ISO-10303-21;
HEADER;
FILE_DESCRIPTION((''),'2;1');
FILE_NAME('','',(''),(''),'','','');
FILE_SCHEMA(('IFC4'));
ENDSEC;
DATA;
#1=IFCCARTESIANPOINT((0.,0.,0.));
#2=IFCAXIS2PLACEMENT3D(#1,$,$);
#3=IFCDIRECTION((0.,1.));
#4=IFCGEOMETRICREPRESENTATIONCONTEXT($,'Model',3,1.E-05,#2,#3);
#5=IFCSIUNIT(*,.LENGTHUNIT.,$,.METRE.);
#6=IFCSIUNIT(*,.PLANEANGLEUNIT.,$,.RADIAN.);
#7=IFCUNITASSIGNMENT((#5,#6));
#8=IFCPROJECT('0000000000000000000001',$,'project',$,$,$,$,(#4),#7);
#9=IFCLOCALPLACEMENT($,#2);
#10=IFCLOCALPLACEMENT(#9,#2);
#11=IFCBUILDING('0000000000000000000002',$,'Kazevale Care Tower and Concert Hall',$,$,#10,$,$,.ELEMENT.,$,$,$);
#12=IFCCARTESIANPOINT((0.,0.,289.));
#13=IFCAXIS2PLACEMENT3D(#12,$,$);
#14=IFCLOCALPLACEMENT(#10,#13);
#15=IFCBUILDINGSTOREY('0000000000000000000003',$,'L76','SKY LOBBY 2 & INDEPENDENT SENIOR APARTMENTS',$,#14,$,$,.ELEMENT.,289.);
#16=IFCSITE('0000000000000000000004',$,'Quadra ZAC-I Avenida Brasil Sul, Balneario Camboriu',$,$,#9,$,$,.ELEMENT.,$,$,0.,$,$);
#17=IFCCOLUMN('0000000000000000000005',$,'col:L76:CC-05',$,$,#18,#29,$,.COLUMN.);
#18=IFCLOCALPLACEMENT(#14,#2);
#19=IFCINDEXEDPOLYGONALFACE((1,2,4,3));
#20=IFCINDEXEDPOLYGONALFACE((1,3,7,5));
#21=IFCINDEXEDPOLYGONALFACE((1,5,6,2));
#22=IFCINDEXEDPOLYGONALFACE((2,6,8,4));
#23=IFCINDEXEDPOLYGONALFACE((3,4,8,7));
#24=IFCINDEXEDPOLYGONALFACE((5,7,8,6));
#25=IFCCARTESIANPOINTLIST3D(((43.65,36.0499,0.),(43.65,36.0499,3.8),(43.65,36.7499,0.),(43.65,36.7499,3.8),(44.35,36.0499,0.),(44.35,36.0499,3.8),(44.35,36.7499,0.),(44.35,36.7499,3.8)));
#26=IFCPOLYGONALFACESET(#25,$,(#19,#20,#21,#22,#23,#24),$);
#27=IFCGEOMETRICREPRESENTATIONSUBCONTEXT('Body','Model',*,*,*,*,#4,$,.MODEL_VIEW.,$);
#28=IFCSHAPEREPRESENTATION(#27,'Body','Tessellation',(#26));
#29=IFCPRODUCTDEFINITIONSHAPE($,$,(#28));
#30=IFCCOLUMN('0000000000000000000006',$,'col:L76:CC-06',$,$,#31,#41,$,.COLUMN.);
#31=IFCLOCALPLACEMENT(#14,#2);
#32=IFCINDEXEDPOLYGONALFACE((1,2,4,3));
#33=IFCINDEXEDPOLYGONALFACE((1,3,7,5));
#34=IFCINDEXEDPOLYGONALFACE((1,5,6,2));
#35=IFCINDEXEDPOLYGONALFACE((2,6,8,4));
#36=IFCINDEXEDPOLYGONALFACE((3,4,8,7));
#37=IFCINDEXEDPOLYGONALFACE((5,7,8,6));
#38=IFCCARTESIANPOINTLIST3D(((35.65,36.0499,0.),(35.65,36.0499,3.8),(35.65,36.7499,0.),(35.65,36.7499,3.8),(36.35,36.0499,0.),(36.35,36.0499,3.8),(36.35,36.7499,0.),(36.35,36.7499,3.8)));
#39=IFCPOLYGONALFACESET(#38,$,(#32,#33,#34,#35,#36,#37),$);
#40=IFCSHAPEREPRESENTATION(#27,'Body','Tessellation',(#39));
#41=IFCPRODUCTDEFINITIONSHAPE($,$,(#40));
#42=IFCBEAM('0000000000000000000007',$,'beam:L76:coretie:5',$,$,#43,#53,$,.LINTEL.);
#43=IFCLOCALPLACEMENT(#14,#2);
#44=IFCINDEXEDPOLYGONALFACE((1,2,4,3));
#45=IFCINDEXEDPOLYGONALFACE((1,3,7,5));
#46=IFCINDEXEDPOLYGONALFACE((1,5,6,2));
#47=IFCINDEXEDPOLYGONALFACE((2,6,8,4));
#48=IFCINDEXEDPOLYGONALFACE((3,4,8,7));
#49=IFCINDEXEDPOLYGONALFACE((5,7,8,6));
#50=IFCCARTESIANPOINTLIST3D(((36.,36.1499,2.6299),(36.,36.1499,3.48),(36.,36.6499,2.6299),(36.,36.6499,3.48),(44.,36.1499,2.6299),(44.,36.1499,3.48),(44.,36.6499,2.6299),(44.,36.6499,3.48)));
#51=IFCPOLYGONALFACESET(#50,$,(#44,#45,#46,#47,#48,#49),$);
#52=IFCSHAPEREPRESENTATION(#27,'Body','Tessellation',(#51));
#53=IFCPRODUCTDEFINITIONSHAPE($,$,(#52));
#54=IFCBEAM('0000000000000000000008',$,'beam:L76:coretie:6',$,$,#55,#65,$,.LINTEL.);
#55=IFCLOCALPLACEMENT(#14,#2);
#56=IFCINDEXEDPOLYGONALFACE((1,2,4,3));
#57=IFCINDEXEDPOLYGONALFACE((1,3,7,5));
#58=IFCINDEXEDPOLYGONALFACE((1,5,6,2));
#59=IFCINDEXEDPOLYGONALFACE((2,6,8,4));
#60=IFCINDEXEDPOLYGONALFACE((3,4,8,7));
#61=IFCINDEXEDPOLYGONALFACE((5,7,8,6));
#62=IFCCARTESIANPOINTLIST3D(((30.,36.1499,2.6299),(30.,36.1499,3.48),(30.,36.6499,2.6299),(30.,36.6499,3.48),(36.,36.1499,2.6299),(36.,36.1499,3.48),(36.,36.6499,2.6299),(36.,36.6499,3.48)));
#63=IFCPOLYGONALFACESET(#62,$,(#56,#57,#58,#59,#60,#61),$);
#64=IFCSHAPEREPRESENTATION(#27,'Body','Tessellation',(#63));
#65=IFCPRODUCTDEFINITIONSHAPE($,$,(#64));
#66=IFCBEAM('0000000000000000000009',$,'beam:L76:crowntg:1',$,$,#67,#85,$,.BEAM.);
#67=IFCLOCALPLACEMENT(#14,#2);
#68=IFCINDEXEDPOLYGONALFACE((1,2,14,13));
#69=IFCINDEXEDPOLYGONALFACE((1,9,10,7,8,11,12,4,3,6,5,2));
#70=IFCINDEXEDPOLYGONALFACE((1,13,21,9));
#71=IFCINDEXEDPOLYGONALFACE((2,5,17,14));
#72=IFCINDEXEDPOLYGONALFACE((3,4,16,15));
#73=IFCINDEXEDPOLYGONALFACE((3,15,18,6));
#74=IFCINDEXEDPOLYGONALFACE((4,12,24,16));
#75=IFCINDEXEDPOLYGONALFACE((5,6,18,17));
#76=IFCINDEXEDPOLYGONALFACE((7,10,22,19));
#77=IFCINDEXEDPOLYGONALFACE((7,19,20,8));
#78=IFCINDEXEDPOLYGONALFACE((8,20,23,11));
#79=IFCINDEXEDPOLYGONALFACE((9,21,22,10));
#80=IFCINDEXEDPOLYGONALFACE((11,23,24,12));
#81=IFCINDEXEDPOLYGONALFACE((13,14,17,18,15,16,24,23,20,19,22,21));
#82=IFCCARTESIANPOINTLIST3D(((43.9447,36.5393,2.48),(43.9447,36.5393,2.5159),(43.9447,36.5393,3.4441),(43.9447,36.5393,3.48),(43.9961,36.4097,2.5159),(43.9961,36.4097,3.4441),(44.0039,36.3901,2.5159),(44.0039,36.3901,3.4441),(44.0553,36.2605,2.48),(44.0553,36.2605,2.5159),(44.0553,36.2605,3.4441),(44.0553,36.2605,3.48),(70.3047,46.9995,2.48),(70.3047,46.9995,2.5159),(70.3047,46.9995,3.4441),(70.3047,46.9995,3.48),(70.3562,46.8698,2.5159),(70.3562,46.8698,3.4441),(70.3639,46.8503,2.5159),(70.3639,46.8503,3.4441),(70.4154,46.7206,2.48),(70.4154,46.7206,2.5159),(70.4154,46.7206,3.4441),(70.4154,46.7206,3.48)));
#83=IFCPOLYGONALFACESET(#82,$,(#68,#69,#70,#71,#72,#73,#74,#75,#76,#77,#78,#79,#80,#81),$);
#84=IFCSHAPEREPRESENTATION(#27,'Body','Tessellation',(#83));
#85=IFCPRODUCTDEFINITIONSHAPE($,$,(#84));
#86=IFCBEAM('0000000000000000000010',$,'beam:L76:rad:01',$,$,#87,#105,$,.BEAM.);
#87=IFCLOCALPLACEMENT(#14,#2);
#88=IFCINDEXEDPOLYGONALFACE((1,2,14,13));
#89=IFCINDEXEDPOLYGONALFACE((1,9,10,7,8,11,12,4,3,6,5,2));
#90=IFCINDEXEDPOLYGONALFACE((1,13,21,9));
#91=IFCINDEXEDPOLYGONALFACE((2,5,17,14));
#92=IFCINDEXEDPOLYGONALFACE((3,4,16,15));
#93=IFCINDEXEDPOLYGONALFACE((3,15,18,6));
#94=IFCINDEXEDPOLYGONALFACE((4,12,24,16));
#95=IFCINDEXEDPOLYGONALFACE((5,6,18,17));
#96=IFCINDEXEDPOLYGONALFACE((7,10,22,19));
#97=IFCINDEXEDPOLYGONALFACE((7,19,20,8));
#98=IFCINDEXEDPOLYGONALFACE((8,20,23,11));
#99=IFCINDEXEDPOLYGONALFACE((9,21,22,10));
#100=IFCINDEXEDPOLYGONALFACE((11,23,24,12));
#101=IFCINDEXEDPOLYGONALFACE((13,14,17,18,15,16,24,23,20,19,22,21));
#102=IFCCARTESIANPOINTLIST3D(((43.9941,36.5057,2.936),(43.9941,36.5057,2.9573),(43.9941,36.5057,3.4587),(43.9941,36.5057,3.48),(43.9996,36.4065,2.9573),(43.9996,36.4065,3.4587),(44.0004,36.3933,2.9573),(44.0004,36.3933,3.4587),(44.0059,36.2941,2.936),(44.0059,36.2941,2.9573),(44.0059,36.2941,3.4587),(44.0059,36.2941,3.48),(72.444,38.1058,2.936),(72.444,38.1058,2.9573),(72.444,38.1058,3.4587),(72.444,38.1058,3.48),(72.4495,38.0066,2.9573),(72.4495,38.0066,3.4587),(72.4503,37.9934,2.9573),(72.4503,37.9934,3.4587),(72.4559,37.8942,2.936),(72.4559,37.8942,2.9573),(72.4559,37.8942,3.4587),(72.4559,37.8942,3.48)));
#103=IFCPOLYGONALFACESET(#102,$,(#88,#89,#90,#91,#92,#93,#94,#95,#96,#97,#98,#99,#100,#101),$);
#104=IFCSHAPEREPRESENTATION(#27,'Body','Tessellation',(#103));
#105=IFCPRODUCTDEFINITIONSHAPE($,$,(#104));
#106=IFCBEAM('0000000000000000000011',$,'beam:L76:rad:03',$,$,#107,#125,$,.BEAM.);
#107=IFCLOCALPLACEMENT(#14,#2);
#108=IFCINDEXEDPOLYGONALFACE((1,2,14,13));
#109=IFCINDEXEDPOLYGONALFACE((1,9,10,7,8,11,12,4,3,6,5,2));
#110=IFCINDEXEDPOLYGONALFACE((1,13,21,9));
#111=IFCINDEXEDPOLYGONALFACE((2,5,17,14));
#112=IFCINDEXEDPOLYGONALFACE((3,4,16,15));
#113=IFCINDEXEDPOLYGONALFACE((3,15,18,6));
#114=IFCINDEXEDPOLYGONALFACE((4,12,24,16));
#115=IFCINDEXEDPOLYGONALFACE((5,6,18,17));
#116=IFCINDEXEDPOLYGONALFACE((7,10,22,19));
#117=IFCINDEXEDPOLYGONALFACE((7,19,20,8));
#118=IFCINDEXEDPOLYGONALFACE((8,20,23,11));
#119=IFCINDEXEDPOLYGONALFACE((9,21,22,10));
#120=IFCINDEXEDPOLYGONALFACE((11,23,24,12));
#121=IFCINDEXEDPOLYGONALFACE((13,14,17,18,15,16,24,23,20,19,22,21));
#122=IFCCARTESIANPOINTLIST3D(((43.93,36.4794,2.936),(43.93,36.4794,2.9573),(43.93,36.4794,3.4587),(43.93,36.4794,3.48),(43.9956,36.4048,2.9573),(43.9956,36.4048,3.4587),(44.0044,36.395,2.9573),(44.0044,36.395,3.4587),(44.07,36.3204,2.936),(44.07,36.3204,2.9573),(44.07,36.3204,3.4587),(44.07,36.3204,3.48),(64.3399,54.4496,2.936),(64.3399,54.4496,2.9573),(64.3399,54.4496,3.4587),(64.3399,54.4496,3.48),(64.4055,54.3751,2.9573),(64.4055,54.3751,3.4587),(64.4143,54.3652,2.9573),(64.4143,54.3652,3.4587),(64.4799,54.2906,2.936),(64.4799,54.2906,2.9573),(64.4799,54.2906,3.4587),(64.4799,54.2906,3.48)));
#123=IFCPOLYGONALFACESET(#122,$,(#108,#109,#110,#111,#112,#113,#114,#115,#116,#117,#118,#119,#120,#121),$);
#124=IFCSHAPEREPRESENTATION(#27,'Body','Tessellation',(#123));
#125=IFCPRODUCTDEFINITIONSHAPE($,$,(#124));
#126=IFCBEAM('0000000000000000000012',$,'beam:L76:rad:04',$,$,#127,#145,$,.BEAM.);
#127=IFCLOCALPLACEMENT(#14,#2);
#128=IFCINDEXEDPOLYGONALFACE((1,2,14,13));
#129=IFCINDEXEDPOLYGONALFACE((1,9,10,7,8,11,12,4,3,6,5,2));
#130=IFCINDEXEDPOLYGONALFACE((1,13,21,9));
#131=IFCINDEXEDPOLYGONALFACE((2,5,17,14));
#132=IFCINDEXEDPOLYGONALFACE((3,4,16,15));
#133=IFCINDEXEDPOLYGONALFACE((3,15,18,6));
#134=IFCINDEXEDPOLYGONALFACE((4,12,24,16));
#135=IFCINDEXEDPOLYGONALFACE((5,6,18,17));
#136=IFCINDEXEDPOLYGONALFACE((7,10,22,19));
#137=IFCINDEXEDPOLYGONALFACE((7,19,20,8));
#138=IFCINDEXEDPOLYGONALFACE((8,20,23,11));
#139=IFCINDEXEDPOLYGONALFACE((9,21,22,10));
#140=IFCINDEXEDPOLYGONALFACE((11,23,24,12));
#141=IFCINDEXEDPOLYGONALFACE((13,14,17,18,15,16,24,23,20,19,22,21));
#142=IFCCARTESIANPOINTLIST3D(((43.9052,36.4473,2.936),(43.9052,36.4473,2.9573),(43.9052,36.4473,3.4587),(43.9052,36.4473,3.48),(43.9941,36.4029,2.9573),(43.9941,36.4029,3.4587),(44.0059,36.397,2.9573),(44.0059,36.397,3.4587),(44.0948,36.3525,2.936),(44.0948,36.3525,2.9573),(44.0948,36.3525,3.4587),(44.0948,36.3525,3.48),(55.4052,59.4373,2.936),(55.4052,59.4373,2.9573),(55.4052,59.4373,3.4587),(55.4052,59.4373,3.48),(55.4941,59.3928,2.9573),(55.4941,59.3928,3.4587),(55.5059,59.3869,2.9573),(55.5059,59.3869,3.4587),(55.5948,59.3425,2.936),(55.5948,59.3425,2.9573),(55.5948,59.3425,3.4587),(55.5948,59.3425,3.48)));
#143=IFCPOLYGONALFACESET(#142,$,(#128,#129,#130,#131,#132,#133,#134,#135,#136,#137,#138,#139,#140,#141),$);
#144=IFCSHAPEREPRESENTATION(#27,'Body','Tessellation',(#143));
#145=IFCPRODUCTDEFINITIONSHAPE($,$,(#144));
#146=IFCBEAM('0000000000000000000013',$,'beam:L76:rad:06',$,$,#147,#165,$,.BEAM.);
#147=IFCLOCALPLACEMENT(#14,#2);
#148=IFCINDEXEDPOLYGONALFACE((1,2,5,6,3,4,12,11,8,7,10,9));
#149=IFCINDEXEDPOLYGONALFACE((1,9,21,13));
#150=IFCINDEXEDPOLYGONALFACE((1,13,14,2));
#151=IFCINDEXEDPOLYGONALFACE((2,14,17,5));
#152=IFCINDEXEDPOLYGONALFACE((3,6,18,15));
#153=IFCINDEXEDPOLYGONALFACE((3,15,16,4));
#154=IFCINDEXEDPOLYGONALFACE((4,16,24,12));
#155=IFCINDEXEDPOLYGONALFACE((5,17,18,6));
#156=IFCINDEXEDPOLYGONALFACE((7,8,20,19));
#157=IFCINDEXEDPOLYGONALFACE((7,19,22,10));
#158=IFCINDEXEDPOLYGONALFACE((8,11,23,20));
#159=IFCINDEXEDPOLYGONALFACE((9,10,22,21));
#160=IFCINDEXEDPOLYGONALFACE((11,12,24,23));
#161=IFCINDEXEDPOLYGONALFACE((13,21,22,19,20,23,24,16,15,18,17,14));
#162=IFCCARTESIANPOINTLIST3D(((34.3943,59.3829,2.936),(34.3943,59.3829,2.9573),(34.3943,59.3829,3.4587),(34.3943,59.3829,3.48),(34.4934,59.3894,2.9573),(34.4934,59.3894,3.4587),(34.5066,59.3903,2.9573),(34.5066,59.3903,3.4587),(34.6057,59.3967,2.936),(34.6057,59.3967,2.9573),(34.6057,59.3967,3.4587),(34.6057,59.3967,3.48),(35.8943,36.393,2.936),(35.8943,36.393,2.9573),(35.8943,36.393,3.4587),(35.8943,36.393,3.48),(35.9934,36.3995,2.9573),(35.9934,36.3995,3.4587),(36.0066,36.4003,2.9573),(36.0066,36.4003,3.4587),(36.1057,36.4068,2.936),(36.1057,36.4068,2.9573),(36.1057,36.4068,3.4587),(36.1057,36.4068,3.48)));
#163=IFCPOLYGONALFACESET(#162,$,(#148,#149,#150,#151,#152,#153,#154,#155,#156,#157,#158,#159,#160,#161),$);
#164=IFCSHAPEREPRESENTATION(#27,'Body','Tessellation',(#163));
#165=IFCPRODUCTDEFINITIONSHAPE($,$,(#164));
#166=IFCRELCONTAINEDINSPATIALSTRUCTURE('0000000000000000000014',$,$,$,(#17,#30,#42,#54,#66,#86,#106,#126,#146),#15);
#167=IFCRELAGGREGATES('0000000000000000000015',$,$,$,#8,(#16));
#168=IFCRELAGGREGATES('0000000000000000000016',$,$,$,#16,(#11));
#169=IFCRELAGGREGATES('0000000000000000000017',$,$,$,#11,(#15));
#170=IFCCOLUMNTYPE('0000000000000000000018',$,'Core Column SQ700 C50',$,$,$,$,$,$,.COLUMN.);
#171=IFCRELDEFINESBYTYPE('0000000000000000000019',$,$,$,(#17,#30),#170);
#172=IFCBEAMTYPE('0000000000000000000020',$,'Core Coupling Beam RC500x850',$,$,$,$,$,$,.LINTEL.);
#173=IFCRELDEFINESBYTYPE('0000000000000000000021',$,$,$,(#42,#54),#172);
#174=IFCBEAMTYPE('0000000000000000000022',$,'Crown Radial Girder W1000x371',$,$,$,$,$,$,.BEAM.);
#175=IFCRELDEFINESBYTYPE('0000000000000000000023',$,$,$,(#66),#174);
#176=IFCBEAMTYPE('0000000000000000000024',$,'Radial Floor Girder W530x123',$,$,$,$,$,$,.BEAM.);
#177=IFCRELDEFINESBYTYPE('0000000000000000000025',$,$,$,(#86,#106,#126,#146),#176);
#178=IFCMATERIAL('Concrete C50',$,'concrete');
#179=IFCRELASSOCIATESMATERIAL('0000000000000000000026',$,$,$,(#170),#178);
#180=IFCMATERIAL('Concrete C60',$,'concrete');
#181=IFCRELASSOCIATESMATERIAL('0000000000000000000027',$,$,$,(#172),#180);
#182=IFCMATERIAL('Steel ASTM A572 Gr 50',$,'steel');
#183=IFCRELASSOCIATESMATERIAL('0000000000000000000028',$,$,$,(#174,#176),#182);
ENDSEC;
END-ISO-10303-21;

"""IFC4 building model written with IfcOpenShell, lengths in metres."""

from ifc_helpers import new_model, si_unit, direction, frame, origin, origin_2d, place, context, subcontext, project, spatial, rectangle, i_section, extrude, material, material_profile, profile_set, type_object, element, save


model = new_model("IFC4")

# Units and contexts
model_context = context("Model", 3, precision=1e-05, world=origin(), true_north=direction((0.0, 1.0)))
body_context = subcontext(model_context, "Body", "Model", "MODEL_VIEW")
ifc_project = project(units=[si_unit("LENGTHUNIT", "METRE"), si_unit("PLANEANGLEUNIT", "RADIAN")], contexts=[model_context])

# Site, building, storey
site_placement = place(None, origin())
site = spatial("IfcSite", under=ifc_project, at=site_placement, Name="Quadra ZAC-I Avenida Brasil Sul, Balneario Camboriu", CompositionType="ELEMENT", RefElevation=0.0)
building_placement = place(site_placement, origin())
building = spatial("IfcBuilding", under=site, at=building_placement, Name="Kazevale Care Tower and Concert Hall", CompositionType="ELEMENT")
storey_placement = place(building_placement, frame((0.0, 0.0, 289.0)))
storey = spatial("IfcBuildingStorey", under=building, at=storey_placement, Name="L76", Description="SKY LOBBY 2 & INDEPENDENT SENIOR APARTMENTS", CompositionType="ELEMENT", Elevation=289.0)

# Columns
ifc_material_1 = material(Name="Concrete C50", Category="concrete")
ifc_material_profile_1 = material_profile(ifc_material_1, rectangle(XDim=0.7, YDim=0.7, at=origin_2d()), Name="RC-SQ700")
ifc_profile_set_1 = profile_set([ifc_material_profile_1], Name="Concrete C50")
column_type = type_object("IfcColumnType", Name="Core Column SQ700 C50", PredefinedType="COLUMN", material=ifc_profile_set_1)
for number, where, z_axis, x_axis, name in (
    (1, (44.0, 36.3999, 0.0), (0.0, 0.0, 1.0), (1.0, 0.0, 0.0), "col:L76:CC-05"),
    (2, (36.0, 36.3999, 0.0), (0.0, 0.0, 1.0), (1.0, 0.0, 0.0), "col:L76:CC-06"),
):
    element("IfcColumn", number, at=place(storey_placement, frame(where, z_axis=z_axis, x_axis=x_axis)), inside=storey, type_object=column_type, Name=name, PredefinedType="COLUMN", context=body_context, shape_type="SweptSolid", body=[
        extrude(rectangle(XDim=0.7, YDim=0.7, at=origin_2d()), origin(), (0.0, 0.0, 1.0), 3.8),
    ])

# Beams
ifc_material_2 = material(Name="Concrete C60", Category="concrete")
ifc_material_profile_2 = material_profile(ifc_material_2, rectangle(XDim=0.5, YDim=0.8501, at=origin_2d()), Name="RC-B500x850")
ifc_profile_set_2 = profile_set([ifc_material_profile_2], Name="Concrete C60")
beam_type_1 = type_object("IfcBeamType", Name="Core Coupling Beam RC500x850", PredefinedType="LINTEL", material=ifc_profile_set_2)
beam_1_placement = place(storey_placement, frame((44.0, 36.3999, 3.0549), z_axis=(-1.0, 0.0, 0.0), x_axis=(0.0, -1.0, 0.0)))
element("IfcBeam", 3, at=beam_1_placement, inside=storey, type_object=beam_type_1, Name="beam:L76:coretie:5", PredefinedType="LINTEL", context=body_context, shape_type="SweptSolid", body=[
    extrude(rectangle(XDim=0.5, YDim=0.8501, at=origin_2d()), origin(), (0.0, 0.0, 1.0), 8.0),
])
beam_2_placement = place(storey_placement, frame((36.0, 36.3999, 3.0549), z_axis=(-1.0, 0.0, 0.0), x_axis=(0.0, -1.0, 0.0)))
element("IfcBeam", 4, at=beam_2_placement, inside=storey, type_object=beam_type_1, Name="beam:L76:coretie:6", PredefinedType="LINTEL", context=body_context, shape_type="SweptSolid", body=[
    extrude(rectangle(XDim=0.5, YDim=0.8501, at=origin_2d()), origin(), (0.0, 0.0, 1.0), 6.0),
])
ifc_material_3 = material(Name="Steel ASTM A572 Gr 50", Category="steel")
ifc_material_profile_3 = material_profile(ifc_material_3, i_section(OverallWidth=0.3, OverallDepth=1.0, WebThickness=0.021, FlangeThickness=0.0359, at=origin_2d()), Name="W1000x371")
ifc_profile_set_3 = profile_set([ifc_material_profile_3], Name="Steel ASTM A572 Gr 50")
beam_type_2 = type_object("IfcBeamType", Name="Crown Radial Girder W1000x371", PredefinedType="BEAM", material=ifc_profile_set_3)
beam_3_placement = place(storey_placement, frame((44.0, 36.3999, 2.98), z_axis=(0.929493, 0.368841, 0.0), x_axis=(-0.368841, 0.929493, 0.0)))
element("IfcBeam", 5, at=beam_3_placement, inside=storey, type_object=beam_type_2, Name="beam:L76:crowntg:1", PredefinedType="BEAM", context=body_context, shape_type="SweptSolid", body=[
    extrude(i_section(OverallWidth=0.3, OverallDepth=1.0, WebThickness=0.021, FlangeThickness=0.0359, at=origin_2d()), origin(), (0.0, 0.0, 1.0), 28.3596),
])
ifc_material_profile_4 = material_profile(ifc_material_3, i_section(OverallWidth=0.2119, OverallDepth=0.5439, WebThickness=0.0132, FlangeThickness=0.0212, at=origin_2d()), Name="W530x123")
ifc_profile_set_4 = profile_set([ifc_material_profile_4], Name="Steel ASTM A572 Gr 50")
beam_type_3 = type_object("IfcBeamType", Name="Radial Floor Girder W530x123", PredefinedType="BEAM", material=ifc_profile_set_4)
beam_4_placement = place(storey_placement, frame((44.0, 36.3999, 3.208), z_axis=(0.998422, 0.056154, 0.0), x_axis=(-0.056154, 0.998422, 0.0)))
element("IfcBeam", 6, at=beam_4_placement, inside=storey, type_object=beam_type_3, Name="beam:L76:rad:01", PredefinedType="BEAM", context=body_context, shape_type="SweptSolid", body=[
    extrude(i_section(OverallWidth=0.2119, OverallDepth=0.5439, WebThickness=0.0132, FlangeThickness=0.0212, at=origin_2d()), origin(), (0.0, 0.0, 1.0), 28.4949),
])
beam_5_placement = place(storey_placement, frame((44.0, 36.3999, 3.208), z_axis=(0.75054, 0.660825, 0.0), x_axis=(-0.660825, 0.75054, 0.0)))
element("IfcBeam", 7, at=beam_5_placement, inside=storey, type_object=beam_type_3, Name="beam:L76:rad:03", PredefinedType="BEAM", context=body_context, shape_type="SweptSolid", body=[
    extrude(i_section(OverallWidth=0.2119, OverallDepth=0.5439, WebThickness=0.0132, FlangeThickness=0.0212, at=origin_2d()), origin(), (0.0, 0.0, 1.0), 27.1936),
])
beam_6_placement = place(storey_placement, frame((44.0, 36.3999, 3.208), z_axis=(0.447369, 0.894349, 0.0), x_axis=(-0.894349, 0.447369, 0.0)))
element("IfcBeam", 8, at=beam_6_placement, inside=storey, type_object=beam_type_3, Name="beam:L76:rad:04", PredefinedType="BEAM", context=body_context, shape_type="SweptSolid", body=[
    extrude(i_section(OverallWidth=0.2119, OverallDepth=0.5439, WebThickness=0.0132, FlangeThickness=0.0212, at=origin_2d()), origin(), (0.0, 0.0, 1.0), 25.7058),
])
beam_7_placement = place(storey_placement, frame((36.0, 36.3999, 3.208), z_axis=(-0.065107, 0.997878, 0.0), x_axis=(-0.997878, -0.065107, 0.0)))
element("IfcBeam", 9, at=beam_7_placement, inside=storey, type_object=beam_type_3, Name="beam:L76:rad:06", PredefinedType="BEAM", context=body_context, shape_type="SweptSolid", body=[
    extrude(i_section(OverallWidth=0.2119, OverallDepth=0.5439, WebThickness=0.0132, FlangeThickness=0.0212, at=origin_2d()), origin(), (0.0, 0.0, 1.0), 23.0388),
])

save(model, "model.ifc")
